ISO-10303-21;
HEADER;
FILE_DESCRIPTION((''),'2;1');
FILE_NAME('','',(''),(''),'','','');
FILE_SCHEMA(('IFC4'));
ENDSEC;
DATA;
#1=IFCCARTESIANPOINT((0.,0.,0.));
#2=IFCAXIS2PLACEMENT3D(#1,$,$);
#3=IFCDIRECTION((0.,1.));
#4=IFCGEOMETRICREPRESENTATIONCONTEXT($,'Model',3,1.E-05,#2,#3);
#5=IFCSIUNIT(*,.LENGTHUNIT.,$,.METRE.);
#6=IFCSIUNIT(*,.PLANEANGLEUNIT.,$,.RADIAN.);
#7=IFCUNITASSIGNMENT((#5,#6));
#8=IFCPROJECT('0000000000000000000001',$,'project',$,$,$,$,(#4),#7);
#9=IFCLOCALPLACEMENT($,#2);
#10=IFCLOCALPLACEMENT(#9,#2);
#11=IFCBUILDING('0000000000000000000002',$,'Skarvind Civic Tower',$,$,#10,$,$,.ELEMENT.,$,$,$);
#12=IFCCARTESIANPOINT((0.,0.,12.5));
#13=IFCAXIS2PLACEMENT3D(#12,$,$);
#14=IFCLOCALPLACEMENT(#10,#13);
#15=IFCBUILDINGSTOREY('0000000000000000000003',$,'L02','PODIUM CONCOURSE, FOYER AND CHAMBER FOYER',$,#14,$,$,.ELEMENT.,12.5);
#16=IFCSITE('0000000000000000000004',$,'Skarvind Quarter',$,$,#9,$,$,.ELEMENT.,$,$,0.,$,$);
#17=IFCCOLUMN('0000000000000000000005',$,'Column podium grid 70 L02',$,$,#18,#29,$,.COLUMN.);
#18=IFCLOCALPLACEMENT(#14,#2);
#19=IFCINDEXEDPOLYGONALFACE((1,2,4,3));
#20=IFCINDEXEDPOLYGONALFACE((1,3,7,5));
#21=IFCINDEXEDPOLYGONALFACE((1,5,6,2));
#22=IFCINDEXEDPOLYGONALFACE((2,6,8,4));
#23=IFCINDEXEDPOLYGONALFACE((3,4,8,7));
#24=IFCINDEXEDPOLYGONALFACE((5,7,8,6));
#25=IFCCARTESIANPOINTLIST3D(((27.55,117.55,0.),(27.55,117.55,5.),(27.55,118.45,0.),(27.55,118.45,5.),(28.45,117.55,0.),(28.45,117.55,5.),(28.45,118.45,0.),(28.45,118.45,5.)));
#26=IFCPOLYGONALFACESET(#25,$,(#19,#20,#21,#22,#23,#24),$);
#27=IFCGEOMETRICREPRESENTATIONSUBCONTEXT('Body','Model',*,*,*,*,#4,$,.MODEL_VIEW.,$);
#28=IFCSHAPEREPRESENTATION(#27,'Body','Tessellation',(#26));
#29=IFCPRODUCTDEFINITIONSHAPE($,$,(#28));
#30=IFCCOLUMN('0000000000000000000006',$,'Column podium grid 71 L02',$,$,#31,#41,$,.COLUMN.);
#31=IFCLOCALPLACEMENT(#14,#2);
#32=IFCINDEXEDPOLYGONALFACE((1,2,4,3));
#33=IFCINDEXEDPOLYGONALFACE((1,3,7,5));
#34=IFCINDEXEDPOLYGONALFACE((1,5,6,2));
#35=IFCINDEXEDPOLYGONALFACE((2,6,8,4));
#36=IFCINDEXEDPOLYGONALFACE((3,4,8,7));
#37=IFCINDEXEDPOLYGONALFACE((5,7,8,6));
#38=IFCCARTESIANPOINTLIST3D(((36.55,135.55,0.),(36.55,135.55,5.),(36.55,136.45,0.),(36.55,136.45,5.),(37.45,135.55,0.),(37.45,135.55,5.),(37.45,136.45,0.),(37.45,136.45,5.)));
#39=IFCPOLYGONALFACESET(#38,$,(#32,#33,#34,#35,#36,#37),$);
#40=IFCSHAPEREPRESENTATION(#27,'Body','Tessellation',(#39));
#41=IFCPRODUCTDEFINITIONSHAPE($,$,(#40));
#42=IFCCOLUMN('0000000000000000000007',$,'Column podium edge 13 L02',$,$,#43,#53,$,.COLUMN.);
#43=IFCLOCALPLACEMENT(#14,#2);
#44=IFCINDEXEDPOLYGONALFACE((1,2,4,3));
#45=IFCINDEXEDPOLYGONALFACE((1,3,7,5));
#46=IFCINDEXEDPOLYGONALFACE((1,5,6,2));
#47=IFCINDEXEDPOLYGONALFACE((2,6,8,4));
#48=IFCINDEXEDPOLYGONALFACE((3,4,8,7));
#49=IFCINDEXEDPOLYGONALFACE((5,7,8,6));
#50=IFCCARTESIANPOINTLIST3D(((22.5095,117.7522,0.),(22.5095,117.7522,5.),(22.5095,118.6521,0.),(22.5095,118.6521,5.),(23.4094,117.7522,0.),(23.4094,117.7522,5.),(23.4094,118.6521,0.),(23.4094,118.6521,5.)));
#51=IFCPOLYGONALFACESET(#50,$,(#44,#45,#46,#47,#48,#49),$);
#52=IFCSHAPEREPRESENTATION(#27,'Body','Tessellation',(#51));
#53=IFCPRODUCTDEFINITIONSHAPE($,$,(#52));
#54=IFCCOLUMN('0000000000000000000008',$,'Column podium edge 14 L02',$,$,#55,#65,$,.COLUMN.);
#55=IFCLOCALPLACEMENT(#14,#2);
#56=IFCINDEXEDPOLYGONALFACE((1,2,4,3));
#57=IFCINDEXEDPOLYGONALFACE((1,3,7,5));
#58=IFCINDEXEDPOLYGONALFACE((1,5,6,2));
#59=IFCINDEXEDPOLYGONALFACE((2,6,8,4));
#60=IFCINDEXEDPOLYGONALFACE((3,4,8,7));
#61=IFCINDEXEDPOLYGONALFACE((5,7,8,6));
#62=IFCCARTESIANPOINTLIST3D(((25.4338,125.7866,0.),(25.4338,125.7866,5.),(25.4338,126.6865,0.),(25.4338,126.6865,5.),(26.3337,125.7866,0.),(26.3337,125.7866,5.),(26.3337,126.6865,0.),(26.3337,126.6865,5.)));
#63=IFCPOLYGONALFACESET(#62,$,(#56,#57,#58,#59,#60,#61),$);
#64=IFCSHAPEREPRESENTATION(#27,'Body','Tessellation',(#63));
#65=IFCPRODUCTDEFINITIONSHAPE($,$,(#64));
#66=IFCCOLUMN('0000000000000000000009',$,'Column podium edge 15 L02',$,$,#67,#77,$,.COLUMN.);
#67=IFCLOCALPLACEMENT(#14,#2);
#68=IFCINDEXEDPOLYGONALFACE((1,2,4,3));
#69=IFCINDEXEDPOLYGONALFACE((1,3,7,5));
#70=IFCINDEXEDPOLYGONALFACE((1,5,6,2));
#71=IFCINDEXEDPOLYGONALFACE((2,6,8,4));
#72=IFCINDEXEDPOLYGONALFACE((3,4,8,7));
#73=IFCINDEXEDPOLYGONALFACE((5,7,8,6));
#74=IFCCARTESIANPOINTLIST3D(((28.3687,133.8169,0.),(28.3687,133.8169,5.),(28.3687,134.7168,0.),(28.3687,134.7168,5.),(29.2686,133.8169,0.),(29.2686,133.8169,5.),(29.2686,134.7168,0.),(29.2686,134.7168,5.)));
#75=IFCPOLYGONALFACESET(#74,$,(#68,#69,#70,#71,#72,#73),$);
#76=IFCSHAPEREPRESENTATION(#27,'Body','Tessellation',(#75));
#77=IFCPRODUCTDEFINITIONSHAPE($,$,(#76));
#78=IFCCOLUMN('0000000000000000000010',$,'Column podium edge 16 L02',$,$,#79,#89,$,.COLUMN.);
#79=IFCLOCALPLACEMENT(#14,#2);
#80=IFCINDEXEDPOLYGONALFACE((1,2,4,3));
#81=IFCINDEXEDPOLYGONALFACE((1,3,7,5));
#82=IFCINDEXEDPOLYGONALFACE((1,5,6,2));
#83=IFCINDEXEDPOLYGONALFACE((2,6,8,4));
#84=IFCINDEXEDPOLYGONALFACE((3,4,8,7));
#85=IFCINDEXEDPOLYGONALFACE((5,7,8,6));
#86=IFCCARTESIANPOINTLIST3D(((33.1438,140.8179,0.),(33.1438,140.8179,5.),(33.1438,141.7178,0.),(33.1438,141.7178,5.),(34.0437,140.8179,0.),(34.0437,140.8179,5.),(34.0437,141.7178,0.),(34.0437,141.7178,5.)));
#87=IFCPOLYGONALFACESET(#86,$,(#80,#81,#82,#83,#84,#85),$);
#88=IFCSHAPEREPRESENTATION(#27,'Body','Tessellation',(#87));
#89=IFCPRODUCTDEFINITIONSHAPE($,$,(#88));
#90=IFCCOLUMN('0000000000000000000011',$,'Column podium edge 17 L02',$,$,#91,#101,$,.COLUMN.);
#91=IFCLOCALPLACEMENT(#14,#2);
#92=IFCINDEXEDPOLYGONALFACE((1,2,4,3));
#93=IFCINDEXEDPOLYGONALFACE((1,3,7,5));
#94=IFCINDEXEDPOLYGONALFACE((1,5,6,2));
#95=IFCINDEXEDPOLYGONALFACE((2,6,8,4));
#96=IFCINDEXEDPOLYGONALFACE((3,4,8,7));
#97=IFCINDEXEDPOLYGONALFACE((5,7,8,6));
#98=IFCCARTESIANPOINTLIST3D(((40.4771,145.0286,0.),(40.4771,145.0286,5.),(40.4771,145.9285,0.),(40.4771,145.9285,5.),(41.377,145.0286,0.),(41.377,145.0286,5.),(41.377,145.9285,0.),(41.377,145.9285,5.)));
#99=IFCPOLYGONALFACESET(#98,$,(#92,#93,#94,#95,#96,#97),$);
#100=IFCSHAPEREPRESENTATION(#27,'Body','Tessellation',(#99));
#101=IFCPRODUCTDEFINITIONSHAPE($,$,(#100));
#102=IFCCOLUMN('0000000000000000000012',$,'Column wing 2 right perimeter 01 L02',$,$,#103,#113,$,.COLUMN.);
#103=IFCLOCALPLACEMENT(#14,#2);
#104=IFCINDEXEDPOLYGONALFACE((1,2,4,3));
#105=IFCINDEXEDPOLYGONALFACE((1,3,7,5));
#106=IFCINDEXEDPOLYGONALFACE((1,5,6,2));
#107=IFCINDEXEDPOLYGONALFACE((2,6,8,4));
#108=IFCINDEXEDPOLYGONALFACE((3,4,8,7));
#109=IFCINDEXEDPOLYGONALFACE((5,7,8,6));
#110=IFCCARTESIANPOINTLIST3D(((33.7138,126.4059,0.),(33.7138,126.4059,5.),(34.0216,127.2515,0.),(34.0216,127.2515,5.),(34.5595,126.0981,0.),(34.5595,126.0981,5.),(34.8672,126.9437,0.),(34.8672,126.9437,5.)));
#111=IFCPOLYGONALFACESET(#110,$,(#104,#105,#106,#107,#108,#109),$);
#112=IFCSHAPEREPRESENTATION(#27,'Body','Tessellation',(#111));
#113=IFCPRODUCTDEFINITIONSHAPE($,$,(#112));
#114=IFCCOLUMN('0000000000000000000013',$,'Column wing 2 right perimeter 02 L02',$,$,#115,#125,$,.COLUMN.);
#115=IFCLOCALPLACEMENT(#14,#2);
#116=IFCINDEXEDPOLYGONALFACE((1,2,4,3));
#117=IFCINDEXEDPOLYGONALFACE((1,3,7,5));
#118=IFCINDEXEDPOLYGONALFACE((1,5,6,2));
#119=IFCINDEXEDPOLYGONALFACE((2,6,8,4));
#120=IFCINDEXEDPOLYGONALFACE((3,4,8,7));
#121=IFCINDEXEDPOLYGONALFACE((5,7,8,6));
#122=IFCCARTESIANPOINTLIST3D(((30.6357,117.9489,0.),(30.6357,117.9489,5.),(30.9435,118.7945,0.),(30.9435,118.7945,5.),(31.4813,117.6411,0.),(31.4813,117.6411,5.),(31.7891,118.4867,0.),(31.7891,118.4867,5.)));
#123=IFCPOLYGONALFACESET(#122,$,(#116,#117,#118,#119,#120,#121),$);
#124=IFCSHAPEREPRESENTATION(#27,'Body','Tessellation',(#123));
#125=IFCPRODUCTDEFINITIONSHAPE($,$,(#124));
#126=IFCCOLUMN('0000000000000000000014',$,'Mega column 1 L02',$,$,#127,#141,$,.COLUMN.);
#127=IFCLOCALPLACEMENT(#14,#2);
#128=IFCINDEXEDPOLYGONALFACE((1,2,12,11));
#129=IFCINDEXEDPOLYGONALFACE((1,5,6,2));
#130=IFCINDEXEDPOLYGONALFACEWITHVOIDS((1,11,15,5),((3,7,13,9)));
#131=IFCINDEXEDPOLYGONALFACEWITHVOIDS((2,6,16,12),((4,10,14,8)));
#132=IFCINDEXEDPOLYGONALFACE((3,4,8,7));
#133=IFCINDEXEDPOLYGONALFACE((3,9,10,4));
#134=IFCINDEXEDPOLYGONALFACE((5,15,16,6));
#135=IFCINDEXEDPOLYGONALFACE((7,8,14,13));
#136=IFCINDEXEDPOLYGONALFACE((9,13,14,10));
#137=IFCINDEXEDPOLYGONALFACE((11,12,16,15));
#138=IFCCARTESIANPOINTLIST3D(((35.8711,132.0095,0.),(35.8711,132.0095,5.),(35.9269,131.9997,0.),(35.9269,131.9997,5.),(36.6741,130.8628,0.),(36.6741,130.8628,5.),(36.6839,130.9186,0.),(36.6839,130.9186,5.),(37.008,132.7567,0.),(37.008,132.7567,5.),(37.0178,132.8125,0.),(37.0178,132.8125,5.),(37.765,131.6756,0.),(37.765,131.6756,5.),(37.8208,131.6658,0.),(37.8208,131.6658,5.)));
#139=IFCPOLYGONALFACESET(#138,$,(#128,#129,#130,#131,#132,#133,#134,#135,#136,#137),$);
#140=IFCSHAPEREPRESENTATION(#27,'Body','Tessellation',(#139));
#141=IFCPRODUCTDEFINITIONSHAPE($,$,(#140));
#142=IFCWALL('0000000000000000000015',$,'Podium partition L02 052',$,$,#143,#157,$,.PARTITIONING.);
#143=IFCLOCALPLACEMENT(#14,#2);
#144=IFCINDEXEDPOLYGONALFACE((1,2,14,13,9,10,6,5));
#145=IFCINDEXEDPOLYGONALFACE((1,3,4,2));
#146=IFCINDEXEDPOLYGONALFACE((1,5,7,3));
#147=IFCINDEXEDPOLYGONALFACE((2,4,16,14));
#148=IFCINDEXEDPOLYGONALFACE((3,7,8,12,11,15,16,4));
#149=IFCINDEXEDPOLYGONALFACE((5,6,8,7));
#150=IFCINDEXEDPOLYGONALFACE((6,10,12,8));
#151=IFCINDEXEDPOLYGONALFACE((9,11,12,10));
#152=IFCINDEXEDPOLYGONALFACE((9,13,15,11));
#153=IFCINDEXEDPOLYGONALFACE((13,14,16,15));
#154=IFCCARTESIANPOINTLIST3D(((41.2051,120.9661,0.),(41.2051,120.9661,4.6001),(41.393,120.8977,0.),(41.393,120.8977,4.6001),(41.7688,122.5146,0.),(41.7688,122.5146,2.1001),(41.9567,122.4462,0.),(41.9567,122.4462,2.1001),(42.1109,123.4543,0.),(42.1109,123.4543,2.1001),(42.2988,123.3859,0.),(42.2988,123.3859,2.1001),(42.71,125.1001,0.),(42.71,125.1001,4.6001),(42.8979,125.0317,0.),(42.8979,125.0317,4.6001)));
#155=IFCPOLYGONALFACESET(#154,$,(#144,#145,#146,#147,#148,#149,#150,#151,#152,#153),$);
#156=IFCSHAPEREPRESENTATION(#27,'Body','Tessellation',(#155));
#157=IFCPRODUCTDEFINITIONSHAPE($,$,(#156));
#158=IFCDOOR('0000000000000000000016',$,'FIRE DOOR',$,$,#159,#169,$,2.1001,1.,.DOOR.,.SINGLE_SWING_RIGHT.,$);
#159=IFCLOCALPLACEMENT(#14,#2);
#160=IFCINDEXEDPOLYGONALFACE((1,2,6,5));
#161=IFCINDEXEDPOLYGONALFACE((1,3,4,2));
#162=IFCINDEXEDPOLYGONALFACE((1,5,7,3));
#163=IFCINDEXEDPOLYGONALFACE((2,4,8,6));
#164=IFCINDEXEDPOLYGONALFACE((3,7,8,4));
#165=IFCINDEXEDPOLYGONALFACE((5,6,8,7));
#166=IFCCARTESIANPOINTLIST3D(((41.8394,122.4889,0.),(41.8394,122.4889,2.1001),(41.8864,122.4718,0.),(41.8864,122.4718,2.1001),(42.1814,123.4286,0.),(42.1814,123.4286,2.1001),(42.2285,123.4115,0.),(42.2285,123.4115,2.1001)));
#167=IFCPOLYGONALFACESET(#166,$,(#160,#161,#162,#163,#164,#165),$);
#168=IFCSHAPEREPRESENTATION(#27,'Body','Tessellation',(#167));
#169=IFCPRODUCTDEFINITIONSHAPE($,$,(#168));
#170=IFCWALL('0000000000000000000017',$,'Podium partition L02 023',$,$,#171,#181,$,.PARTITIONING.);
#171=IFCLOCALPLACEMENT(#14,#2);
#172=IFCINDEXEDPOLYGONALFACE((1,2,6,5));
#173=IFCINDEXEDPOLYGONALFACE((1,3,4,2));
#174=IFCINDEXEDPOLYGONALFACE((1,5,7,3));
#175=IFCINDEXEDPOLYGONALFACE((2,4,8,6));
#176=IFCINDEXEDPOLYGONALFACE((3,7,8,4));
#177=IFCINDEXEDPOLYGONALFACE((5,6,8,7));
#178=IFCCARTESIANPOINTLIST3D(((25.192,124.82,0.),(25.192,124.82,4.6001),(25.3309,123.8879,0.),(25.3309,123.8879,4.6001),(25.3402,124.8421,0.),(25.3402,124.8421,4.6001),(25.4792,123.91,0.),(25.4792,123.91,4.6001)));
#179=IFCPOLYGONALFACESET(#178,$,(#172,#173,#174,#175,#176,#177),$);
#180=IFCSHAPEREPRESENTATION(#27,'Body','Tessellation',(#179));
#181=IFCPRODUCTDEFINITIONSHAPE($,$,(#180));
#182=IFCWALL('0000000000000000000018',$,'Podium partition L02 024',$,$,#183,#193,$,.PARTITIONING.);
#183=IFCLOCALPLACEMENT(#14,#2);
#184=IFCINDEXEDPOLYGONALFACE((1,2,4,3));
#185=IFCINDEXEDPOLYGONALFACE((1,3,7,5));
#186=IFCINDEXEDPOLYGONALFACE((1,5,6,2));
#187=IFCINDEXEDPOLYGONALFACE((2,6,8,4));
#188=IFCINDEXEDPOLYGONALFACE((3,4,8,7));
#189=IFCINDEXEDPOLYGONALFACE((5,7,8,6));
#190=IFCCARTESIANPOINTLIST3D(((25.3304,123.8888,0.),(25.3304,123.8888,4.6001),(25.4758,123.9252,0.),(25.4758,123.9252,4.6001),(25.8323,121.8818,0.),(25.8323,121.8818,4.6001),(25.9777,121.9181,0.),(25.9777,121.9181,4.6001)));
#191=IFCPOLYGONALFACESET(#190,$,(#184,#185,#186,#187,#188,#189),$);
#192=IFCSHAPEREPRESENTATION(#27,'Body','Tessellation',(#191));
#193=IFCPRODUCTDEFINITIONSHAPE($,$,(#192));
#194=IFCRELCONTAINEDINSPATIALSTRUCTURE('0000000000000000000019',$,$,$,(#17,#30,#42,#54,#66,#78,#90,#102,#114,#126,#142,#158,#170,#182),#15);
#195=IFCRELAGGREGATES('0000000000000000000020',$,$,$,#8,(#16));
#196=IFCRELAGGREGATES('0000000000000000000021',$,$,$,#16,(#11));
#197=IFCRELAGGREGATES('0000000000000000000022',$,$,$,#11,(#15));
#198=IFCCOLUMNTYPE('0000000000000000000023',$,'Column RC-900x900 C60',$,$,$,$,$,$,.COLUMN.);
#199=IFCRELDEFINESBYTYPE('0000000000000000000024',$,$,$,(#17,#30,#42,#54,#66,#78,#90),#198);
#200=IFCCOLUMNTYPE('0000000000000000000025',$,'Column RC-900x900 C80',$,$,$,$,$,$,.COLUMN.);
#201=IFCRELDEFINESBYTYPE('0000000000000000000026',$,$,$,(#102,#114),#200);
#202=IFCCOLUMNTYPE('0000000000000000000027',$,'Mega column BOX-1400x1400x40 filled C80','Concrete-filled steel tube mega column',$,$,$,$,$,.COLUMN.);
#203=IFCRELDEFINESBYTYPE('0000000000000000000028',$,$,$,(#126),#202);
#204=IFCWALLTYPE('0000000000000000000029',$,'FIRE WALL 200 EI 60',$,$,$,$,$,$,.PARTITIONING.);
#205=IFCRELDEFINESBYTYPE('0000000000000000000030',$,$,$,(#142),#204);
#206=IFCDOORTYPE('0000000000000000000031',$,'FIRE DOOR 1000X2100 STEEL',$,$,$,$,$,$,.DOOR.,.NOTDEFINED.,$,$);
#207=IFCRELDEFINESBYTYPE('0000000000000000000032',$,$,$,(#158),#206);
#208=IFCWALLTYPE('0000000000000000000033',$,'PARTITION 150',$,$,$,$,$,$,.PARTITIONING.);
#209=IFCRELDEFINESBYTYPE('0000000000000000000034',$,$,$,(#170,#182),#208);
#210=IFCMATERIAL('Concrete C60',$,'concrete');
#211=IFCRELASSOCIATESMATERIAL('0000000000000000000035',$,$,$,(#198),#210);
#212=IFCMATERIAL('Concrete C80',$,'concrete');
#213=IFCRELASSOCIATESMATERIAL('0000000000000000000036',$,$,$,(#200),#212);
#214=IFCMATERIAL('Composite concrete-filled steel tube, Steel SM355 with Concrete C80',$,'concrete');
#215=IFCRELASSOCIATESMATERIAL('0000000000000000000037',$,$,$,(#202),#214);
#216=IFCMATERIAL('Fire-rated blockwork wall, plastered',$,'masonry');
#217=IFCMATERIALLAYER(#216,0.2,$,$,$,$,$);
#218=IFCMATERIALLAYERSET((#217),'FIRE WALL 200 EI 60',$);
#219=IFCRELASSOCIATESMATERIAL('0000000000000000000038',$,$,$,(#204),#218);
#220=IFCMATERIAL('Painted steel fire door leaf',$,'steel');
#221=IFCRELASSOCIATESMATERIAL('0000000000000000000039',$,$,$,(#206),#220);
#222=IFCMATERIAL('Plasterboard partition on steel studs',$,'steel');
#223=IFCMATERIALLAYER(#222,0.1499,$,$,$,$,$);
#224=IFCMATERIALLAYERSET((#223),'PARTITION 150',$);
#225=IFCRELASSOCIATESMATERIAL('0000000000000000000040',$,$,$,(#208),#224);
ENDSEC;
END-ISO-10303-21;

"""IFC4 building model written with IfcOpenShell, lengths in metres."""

from ifc_helpers import new_model, si_unit, direction, frame, frame_2d, origin, origin_2d, place, context, subcontext, project, spatial, rectangle, hollow_rectangle, extrude, material, layer, layer_set, material_profile, profile_set, type_object, element, fill, save


model = new_model("IFC4")

# Units and contexts
model_context = context("Model", 3, precision=1e-05, world=origin(), true_north=direction((0.0, 1.0)))
body_context = subcontext(model_context, "Body", "Model", "MODEL_VIEW")
ifc_project = project(units=[si_unit("LENGTHUNIT", "METRE"), si_unit("PLANEANGLEUNIT", "RADIAN")], contexts=[model_context])

# Site, building, storey
site_placement = place(None, origin())
site = spatial("IfcSite", under=ifc_project, at=site_placement, Name="Skarvind Quarter", CompositionType="ELEMENT", RefElevation=0.0)
building_placement = place(site_placement, origin())
building = spatial("IfcBuilding", under=site, at=building_placement, Name="Skarvind Civic Tower", CompositionType="ELEMENT")
storey_placement = place(building_placement, frame((0.0, 0.0, 12.5)))
storey = spatial("IfcBuildingStorey", under=building, at=storey_placement, Name="L02", Description="PODIUM CONCOURSE, FOYER AND CHAMBER FOYER", CompositionType="ELEMENT", Elevation=12.5)

# Columns
ifc_material_1 = material(Name="Concrete C60", Category="concrete")
ifc_material_profile_1 = material_profile(ifc_material_1, rectangle(XDim=0.8999, YDim=0.8999, at=origin_2d()), Name="RC-900x900")
ifc_profile_set_1 = profile_set([ifc_material_profile_1], Name="Concrete C60")
column_type_1 = type_object("IfcColumnType", Name="Column RC-900x900 C60", PredefinedType="COLUMN", material=ifc_profile_set_1)
for number, where, z_axis, x_axis, name in (
    (1, (28.0, 118.0, 0.0), (0.0, 0.0, 1.0), (1.0, 0.0, 0.0), "Column podium grid 70 L02"),
    (2, (37.0, 136.0, 0.0), (0.0, 0.0, 1.0), (1.0, 0.0, 0.0), "Column podium grid 71 L02"),
    (3, (22.9595, 118.2021, 0.0), (0.0, 0.0, 1.0), (1.0, 0.0, 0.0), "Column podium edge 13 L02"),
    (4, (25.8838, 126.2366, 0.0), (0.0, 0.0, 1.0), (1.0, 0.0, 0.0), "Column podium edge 14 L02"),
    (5, (28.8186, 134.2668, 0.0), (0.0, 0.0, 1.0), (1.0, 0.0, 0.0), "Column podium edge 15 L02"),
    (6, (33.5938, 141.2678, 0.0), (0.0, 0.0, 1.0), (1.0, 0.0, 0.0), "Column podium edge 16 L02"),
    (7, (40.927, 145.4785, 0.0), (0.0, 0.0, 1.0), (1.0, 0.0, 0.0), "Column podium edge 17 L02"),
):
    element("IfcColumn", number, at=place(storey_placement, frame(where, z_axis=z_axis, x_axis=x_axis)), inside=storey, type_object=column_type_1, Name=name, PredefinedType="COLUMN", context=body_context, shape_type="SweptSolid", body=[
        extrude(rectangle(XDim=0.8999, YDim=0.8999, at=origin_2d()), origin(), (0.0, 0.0, 1.0), 5.0),
    ])
ifc_material_2 = material(Name="Concrete C80", Category="concrete")
ifc_material_profile_2 = material_profile(ifc_material_2, rectangle(XDim=0.8999, YDim=0.8999, at=origin_2d()), Name="RC-900x900")
ifc_profile_set_2 = profile_set([ifc_material_profile_2], Name="Concrete C80")
column_type_2 = type_object("IfcColumnType", Name="Column RC-900x900 C80", PredefinedType="COLUMN", material=ifc_profile_set_2)
for number, where, z_axis, x_axis, name in (
    (8, (34.2905, 126.6748, 0.0), (0.0, 0.0, 1.0), (-0.34202, -0.939693, 0.0), "Column wing 2 right perimeter 01 L02"),
    (9, (31.2124, 118.2178, 0.0), (0.0, 0.0, 1.0), (-0.34202, -0.939693, 0.0), "Column wing 2 right perimeter 02 L02"),
):
    element("IfcColumn", number, at=place(storey_placement, frame(where, z_axis=z_axis, x_axis=x_axis)), inside=storey, type_object=column_type_2, Name=name, PredefinedType="COLUMN", context=body_context, shape_type="SweptSolid", body=[
        extrude(rectangle(XDim=0.8999, YDim=0.8999, at=origin_2d()), origin(), (0.0, 0.0, 1.0), 5.0),
    ])
ifc_material_3 = material(Name="Composite concrete-filled steel tube, Steel SM355 with Concrete C80", Category="concrete")
ifc_material_profile_3 = material_profile(ifc_material_3, hollow_rectangle(XDim=1.3999, YDim=1.3999, WallThickness=0.04, at=origin_2d()), Name="BOX-1400x1400x40")
ifc_profile_set_3 = profile_set([ifc_material_profile_3], Name="Composite concrete-filled steel tube, Steel SM355 with Concrete C80")
column_type_3 = type_object("IfcColumnType", Name="Mega column BOX-1400x1400x40 filled C80", Description="Concrete-filled steel tube mega column", PredefinedType="COLUMN", material=ifc_profile_set_3)
column_placement = place(storey_placement, frame((36.8459, 131.8376, 0.0), z_axis=(0.0, 0.0, 1.0), x_axis=(0.573576, -0.819152, 0.0)))
element("IfcColumn", 10, at=column_placement, inside=storey, type_object=column_type_3, Name="Mega column 1 L02", PredefinedType="COLUMN", context=body_context, shape_type="SweptSolid", body=[
    extrude(hollow_rectangle(XDim=1.3999, YDim=1.3999, WallThickness=0.04, at=origin_2d()), origin(), (0.0, 0.0, 1.0), 5.0),
])

# Wall, opening, door
ifc_material_4 = material(Name="Fire-rated blockwork wall, plastered", Category="masonry")
ifc_layer_1 = layer(ifc_material_4, 0.2)
ifc_layer_set_1 = layer_set([ifc_layer_1], Name="FIRE WALL 200 EI 60")
wall_type_1 = type_object("IfcWallType", Name="FIRE WALL 200 EI 60", PredefinedType="PARTITIONING", material=ifc_layer_set_1)
wall_1_placement = place(storey_placement, frame((41.2991, 120.9319, 0.0), z_axis=(0.0, 0.0, 1.0), x_axis=(0.342064, 0.939677, 0.0)))
wall_1 = element("IfcWall", 11, at=wall_1_placement, inside=storey, type_object=wall_type_1, Name="Podium partition L02 052", PredefinedType="PARTITIONING", context=body_context, shape_type="SweptSolid", body=[
    extrude(rectangle(XDim=4.3994, YDim=0.2, at=frame_2d((2.1997, 0.0))), origin(), (0.0, 0.0, 1.0), 4.6001),
])
opening_placement = place(wall_1_placement, frame((1.6479, 0.0, 0.0)))
opening = element("IfcOpeningElement", 12, at=opening_placement, cuts=wall_1, PredefinedType="OPENING", context=body_context, shape_type="SweptSolid", body=[
    extrude(rectangle(XDim=1.0, YDim=2.1001, at=frame_2d((0.5, 1.05))), frame((0.0, 0.1099, 0.0), z_axis=(0.0, -1.0, 0.0), x_axis=(1.0, 0.0, 0.0)), (0.0, 0.0, 1.0), 0.22),
])
ifc_material_5 = material(Name="Painted steel fire door leaf", Category="steel")
door_type = type_object("IfcDoorType", Name="FIRE DOOR 1000X2100 STEEL", OperationType="NOTDEFINED", PredefinedType="DOOR", material=ifc_material_5)
door_placement = place(opening_placement, origin())
door = element("IfcDoor", 13, at=door_placement, inside=storey, type_object=door_type, Name="FIRE DOOR", OperationType="SINGLE_SWING_RIGHT", OverallHeight=2.1001, OverallWidth=1.0, PredefinedType="DOOR", context=body_context, shape_type="SweptSolid", body=[
    extrude(rectangle(XDim=1.0, YDim=2.1001, at=frame_2d((0.5, 1.05))), frame((0.0, 0.0249, 0.0), z_axis=(0.0, -1.0, 0.0), x_axis=(1.0, 0.0, 0.0)), (0.0, 0.0, 1.0), 0.05),
])
fill(opening, door)

# Walls
ifc_material_6 = material(Name="Plasterboard partition on steel studs", Category="steel")
ifc_layer_2 = layer(ifc_material_6, 0.1499)
ifc_layer_set_2 = layer_set([ifc_layer_2], Name="PARTITION 150")
wall_type_2 = type_object("IfcWallType", Name="PARTITION 150", PredefinedType="PARTITIONING", material=ifc_layer_set_2)
wall_2_placement = place(storey_placement, frame((25.2661, 124.8311, 0.0), z_axis=(0.0, 0.0, 1.0), x_axis=(0.147403, -0.989077, 0.0)))
element("IfcWall", 14, at=wall_2_placement, inside=storey, type_object=wall_type_2, Name="Podium partition L02 023", PredefinedType="PARTITIONING", context=body_context, shape_type="SweptSolid", body=[
    extrude(rectangle(XDim=0.9424, YDim=0.1499, at=frame_2d((0.4712, 0.0))), origin(), (0.0, 0.0, 1.0), 4.6001),
])
wall_3_placement = place(storey_placement, frame((25.4031, 123.907, 0.0), z_axis=(0.0, 0.0, 1.0), x_axis=(0.242619, -0.970122, 0.0)))
element("IfcWall", 15, at=wall_3_placement, inside=storey, type_object=wall_type_2, Name="Podium partition L02 024", PredefinedType="PARTITIONING", context=body_context, shape_type="SweptSolid", body=[
    extrude(rectangle(XDim=2.0688, YDim=0.1499, at=frame_2d((1.0344, 0.0))), origin(), (0.0, 0.0, 1.0), 4.6001),
])

save(model, "model.ifc")
